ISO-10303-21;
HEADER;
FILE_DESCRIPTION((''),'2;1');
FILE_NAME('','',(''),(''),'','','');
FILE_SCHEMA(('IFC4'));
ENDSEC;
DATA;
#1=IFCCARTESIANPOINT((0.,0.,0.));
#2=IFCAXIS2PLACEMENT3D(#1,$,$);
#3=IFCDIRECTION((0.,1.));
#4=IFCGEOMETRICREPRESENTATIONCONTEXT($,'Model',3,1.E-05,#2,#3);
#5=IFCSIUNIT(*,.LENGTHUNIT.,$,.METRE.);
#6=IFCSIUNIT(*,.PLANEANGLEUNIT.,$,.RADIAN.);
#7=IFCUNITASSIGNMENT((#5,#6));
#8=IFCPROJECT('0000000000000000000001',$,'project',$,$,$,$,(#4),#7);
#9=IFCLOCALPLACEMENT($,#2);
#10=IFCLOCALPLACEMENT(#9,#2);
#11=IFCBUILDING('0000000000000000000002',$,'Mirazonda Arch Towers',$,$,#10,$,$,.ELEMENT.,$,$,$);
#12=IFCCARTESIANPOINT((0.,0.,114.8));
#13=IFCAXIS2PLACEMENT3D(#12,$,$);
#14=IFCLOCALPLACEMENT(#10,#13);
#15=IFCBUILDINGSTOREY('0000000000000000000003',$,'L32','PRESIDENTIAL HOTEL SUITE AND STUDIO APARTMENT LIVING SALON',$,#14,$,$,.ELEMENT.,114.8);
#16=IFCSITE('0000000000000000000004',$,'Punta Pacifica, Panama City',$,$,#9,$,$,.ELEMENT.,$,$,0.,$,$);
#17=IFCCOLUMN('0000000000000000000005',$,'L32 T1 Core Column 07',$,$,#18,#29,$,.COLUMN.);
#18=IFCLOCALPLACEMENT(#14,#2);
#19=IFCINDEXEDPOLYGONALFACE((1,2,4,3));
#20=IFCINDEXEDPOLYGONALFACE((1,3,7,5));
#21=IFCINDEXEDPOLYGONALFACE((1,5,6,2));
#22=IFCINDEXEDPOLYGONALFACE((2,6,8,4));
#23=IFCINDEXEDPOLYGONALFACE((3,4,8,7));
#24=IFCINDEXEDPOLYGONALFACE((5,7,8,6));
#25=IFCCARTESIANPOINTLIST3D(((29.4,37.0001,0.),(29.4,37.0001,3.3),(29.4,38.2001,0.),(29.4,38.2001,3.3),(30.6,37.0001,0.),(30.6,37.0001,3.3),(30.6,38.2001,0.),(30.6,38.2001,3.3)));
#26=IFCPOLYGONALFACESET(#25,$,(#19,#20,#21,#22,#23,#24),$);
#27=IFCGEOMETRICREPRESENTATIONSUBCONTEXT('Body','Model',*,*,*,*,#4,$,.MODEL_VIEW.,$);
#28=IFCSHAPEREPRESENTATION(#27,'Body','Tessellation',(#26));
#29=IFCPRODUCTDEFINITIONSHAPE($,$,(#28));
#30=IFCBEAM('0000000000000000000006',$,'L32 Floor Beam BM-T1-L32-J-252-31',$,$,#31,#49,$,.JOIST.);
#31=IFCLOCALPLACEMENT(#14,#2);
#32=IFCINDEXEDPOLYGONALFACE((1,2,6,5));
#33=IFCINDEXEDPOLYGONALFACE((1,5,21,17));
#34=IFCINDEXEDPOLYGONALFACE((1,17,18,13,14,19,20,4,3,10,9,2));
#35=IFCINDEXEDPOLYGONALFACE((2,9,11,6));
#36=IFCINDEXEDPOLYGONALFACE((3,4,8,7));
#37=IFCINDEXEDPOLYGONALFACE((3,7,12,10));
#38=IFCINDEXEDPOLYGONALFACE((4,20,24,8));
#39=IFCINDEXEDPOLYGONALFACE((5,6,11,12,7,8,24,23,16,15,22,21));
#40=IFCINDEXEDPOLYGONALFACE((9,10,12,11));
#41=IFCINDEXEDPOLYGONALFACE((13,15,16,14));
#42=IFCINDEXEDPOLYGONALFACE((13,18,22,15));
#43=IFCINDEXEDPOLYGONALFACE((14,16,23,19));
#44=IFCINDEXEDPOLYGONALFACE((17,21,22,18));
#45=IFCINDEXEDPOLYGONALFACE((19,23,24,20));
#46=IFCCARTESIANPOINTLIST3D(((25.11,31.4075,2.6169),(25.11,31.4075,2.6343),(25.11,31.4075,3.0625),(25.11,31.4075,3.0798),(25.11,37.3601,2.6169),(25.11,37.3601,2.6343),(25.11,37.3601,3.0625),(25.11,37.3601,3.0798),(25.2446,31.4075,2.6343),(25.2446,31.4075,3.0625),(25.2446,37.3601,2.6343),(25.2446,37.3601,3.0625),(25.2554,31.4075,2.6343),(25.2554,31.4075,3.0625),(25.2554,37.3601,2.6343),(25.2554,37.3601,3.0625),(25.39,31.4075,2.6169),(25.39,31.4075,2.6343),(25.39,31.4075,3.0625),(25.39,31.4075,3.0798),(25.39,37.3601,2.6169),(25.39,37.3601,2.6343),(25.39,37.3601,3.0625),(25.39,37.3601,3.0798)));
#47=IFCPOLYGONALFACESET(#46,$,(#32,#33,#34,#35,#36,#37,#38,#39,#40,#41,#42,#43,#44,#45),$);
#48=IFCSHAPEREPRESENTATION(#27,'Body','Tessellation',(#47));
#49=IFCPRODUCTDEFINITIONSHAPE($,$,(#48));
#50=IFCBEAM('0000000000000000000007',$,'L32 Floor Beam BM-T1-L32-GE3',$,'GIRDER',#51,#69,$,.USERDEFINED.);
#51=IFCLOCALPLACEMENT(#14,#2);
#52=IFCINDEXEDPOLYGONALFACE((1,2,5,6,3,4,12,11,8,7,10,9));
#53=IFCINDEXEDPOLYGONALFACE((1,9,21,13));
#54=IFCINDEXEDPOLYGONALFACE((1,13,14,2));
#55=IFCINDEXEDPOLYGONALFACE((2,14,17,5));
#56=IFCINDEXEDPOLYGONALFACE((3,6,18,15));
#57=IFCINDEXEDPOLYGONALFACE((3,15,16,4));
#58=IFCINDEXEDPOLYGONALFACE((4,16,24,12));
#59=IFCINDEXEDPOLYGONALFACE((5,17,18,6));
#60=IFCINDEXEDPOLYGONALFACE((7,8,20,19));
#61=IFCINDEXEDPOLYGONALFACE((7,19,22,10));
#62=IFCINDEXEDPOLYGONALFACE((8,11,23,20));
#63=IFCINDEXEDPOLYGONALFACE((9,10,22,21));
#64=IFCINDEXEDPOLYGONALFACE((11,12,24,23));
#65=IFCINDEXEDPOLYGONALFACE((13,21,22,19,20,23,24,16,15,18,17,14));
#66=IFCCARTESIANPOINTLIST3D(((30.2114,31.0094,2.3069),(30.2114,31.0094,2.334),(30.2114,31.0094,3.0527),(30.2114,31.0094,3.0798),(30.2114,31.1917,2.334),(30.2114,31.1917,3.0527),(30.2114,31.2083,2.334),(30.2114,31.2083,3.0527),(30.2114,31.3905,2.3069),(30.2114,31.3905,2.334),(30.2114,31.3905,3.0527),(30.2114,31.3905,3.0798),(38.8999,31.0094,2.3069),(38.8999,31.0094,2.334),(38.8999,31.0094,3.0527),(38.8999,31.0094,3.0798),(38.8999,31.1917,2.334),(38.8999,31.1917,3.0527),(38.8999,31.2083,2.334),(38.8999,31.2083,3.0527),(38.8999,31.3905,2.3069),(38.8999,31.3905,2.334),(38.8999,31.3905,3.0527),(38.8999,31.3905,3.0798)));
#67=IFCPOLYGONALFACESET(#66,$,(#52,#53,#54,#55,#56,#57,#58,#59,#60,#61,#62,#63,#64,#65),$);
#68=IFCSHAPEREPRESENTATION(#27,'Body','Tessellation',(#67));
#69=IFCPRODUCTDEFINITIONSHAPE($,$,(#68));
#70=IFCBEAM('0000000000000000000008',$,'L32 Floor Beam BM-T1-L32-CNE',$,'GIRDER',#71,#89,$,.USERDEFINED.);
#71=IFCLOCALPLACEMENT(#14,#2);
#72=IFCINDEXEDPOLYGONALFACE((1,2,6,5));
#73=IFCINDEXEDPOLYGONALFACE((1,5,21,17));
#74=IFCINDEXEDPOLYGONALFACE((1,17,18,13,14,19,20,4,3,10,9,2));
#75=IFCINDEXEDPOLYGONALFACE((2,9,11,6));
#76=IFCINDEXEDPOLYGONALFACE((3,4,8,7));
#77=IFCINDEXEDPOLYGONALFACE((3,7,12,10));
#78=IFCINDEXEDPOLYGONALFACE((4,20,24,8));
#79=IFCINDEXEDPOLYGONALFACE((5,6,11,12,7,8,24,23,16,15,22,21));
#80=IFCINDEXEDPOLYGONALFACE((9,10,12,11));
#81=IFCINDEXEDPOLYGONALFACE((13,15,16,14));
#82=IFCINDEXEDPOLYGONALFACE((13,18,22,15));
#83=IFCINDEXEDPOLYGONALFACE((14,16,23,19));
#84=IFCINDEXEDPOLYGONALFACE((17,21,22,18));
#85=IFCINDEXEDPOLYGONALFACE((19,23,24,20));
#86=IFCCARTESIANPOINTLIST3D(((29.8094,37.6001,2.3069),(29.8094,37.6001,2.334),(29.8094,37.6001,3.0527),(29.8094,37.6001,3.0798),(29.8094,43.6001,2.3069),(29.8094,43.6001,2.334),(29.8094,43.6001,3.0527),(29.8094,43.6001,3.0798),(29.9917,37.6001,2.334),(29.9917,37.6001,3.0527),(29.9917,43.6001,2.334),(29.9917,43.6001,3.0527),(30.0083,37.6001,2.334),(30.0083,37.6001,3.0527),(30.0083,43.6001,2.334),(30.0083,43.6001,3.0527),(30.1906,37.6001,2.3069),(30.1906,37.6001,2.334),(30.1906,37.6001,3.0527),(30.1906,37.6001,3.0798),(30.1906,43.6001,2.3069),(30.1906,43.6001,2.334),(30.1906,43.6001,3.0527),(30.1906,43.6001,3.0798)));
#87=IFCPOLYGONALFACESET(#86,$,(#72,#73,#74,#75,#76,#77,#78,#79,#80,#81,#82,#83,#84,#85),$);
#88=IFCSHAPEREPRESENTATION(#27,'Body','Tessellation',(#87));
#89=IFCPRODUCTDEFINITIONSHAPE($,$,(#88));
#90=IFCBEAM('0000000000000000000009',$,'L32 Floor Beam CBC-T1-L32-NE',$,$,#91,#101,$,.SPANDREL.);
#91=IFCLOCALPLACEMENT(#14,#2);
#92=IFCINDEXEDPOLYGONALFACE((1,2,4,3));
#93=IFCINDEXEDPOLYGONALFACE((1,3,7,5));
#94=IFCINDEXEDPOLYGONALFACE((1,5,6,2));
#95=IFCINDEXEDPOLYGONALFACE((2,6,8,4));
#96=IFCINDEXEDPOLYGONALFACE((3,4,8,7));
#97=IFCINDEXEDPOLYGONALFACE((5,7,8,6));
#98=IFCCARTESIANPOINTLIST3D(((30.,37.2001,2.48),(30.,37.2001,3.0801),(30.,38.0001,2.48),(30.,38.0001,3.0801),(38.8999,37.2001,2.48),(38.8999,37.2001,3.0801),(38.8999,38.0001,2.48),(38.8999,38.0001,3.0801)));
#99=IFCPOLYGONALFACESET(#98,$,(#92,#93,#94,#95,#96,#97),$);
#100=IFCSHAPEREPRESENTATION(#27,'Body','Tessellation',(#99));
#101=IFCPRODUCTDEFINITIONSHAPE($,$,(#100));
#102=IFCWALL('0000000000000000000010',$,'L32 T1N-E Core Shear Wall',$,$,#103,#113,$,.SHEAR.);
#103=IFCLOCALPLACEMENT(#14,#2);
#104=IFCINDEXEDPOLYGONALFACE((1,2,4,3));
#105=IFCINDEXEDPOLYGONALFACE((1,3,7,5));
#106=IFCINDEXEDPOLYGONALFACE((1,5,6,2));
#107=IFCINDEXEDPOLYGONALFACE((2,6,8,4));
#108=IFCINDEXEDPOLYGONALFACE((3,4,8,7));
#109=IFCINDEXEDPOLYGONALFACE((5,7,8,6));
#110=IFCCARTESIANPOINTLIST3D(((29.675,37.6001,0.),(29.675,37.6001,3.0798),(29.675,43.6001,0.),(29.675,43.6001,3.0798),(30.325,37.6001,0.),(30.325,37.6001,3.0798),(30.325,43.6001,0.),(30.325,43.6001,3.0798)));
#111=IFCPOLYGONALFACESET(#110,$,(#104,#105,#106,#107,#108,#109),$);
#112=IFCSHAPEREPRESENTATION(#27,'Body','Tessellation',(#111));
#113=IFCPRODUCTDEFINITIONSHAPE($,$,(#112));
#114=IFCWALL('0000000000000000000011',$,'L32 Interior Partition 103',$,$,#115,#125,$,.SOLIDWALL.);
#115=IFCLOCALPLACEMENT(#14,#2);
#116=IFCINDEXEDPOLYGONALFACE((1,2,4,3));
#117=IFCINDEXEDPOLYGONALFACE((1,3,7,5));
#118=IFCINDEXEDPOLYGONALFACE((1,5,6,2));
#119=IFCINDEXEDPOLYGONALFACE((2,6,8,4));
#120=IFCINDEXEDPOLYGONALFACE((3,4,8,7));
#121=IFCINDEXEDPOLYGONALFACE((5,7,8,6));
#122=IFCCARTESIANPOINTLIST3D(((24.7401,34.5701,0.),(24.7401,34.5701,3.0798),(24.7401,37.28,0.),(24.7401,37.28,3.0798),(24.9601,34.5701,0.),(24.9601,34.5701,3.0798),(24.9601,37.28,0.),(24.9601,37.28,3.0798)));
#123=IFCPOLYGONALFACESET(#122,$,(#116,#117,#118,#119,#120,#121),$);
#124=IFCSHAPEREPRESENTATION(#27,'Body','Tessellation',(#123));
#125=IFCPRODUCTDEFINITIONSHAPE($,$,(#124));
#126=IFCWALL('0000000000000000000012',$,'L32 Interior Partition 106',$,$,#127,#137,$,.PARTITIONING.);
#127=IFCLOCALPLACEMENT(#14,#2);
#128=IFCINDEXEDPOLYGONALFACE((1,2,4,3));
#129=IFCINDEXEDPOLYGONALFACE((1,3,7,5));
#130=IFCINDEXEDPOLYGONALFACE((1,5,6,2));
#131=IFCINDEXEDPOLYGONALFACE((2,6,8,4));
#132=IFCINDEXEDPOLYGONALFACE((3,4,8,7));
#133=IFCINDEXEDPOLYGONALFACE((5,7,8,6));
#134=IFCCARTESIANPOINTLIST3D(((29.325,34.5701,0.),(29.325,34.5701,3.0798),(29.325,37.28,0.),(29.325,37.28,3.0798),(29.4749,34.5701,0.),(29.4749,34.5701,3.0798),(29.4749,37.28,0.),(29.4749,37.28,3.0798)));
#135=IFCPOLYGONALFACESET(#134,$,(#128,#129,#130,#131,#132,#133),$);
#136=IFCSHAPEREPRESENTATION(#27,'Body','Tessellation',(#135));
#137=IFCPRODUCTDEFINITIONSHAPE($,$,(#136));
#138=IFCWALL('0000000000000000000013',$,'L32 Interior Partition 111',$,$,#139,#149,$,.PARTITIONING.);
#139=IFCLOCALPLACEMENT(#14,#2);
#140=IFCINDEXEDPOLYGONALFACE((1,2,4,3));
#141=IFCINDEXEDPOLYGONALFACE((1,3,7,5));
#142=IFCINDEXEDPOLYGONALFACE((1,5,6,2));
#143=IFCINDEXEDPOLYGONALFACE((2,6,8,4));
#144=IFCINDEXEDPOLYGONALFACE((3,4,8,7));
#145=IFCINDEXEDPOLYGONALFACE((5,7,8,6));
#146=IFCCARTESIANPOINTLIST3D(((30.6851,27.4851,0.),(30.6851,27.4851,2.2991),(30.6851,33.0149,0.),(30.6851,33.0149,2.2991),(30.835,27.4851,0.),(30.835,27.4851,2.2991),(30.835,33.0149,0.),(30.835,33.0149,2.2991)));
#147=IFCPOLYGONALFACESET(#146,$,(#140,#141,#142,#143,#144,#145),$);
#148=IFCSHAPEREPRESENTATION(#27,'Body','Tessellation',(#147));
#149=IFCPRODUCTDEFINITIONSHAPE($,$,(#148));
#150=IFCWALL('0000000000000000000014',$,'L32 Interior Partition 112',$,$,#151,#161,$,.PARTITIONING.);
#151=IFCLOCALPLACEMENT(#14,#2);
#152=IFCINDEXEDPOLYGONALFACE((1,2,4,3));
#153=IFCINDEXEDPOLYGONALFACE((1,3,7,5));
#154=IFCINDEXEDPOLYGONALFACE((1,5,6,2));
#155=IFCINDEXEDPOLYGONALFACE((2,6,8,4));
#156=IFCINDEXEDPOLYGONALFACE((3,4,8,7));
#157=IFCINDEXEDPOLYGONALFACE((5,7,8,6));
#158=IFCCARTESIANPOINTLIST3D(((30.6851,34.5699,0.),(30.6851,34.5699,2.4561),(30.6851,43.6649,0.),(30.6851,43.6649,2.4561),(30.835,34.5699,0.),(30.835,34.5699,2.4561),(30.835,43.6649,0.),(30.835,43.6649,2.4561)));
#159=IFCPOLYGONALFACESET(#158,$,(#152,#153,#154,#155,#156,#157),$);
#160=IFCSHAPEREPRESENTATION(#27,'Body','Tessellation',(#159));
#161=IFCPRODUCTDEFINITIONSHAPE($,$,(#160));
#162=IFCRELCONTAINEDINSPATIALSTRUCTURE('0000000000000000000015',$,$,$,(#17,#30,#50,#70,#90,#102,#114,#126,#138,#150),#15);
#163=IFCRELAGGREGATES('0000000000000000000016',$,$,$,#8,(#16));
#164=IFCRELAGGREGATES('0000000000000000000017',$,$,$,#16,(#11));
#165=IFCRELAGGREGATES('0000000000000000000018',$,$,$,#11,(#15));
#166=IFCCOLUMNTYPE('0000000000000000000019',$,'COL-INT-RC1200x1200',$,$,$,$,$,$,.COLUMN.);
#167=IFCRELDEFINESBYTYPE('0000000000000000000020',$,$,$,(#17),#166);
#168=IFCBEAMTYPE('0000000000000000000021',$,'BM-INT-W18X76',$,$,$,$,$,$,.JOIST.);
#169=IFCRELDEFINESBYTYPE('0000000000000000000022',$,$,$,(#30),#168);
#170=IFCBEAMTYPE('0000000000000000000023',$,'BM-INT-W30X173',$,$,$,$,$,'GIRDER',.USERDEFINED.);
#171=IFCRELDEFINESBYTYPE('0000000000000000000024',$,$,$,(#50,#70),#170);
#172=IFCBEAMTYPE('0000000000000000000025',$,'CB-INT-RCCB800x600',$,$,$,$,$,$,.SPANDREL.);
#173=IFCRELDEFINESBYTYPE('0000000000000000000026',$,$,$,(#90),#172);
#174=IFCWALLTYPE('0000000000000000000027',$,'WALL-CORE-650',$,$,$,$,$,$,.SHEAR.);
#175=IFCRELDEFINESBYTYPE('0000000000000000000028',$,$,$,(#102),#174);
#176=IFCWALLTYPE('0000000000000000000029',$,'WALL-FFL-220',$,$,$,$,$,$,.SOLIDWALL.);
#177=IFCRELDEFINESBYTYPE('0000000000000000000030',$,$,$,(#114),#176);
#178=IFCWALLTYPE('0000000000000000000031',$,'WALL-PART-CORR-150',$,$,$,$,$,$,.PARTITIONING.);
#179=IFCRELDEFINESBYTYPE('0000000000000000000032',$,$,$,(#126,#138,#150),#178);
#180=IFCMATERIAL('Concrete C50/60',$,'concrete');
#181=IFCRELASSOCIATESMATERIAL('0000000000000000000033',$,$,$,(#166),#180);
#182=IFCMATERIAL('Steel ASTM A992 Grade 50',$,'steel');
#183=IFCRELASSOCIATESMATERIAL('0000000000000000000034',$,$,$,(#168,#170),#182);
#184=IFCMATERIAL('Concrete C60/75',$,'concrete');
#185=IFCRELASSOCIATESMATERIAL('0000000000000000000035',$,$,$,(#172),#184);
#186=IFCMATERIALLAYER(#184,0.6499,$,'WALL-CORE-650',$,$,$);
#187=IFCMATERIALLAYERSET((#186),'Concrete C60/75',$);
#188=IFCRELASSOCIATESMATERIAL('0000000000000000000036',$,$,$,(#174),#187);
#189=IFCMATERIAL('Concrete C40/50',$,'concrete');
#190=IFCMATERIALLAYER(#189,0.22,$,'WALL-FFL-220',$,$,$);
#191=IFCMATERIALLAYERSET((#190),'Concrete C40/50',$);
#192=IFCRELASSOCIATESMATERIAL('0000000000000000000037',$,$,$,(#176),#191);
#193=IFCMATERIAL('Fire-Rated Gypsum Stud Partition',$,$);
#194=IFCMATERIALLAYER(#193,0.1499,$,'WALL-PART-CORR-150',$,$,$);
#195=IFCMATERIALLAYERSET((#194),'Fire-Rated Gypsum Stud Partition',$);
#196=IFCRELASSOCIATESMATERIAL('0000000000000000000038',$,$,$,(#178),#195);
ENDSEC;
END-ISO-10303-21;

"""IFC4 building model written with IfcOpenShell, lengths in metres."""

from ifc_helpers import new_model, si_unit, direction, frame, frame_2d, origin, origin_2d, place, context, subcontext, project, spatial, rectangle, i_section, extrude, material, layer, layer_set, material_profile, profile_set, type_object, element, save


model = new_model("IFC4")

# Units and contexts
model_context = context("Model", 3, precision=1e-05, world=origin(), true_north=direction((0.0, 1.0)))
body_context = subcontext(model_context, "Body", "Model", "MODEL_VIEW")
ifc_project = project(units=[si_unit("LENGTHUNIT", "METRE"), si_unit("PLANEANGLEUNIT", "RADIAN")], contexts=[model_context])

# Site, building, storey
site_placement = place(None, origin())
site = spatial("IfcSite", under=ifc_project, at=site_placement, Name="Punta Pacifica, Panama City", CompositionType="ELEMENT", RefElevation=0.0)
building_placement = place(site_placement, origin())
building = spatial("IfcBuilding", under=site, at=building_placement, Name="Mirazonda Arch Towers", CompositionType="ELEMENT")
storey_placement = place(building_placement, frame((0.0, 0.0, 114.8)))
storey = spatial("IfcBuildingStorey", under=building, at=storey_placement, Name="L32", Description="PRESIDENTIAL HOTEL SUITE AND STUDIO APARTMENT LIVING SALON", CompositionType="ELEMENT", Elevation=114.8)

# Column
ifc_material_1 = material(Name="Concrete C50/60", Category="concrete")
ifc_material_profile_1 = material_profile(ifc_material_1, rectangle(XDim=1.2, YDim=1.2, at=origin_2d()), Name="RC1200x1200")
ifc_profile_set_1 = profile_set([ifc_material_profile_1], Name="Concrete C50/60")
column_type = type_object("IfcColumnType", Name="COL-INT-RC1200x1200", PredefinedType="COLUMN", material=ifc_profile_set_1)
column_placement = place(storey_placement, frame((30.0, 37.6001, 0.0), z_axis=(0.0, 0.0, 1.0), x_axis=(1.0, 0.0, 0.0)))
element("IfcColumn", 1, at=column_placement, inside=storey, type_object=column_type, Name="L32 T1 Core Column 07", PredefinedType="COLUMN", context=body_context, shape_type="SweptSolid", body=[
    extrude(rectangle(XDim=1.2, YDim=1.2, at=origin_2d()), origin(), (0.0, 0.0, 1.0), 3.3),
])

# Beams
ifc_material_2 = material(Name="Steel ASTM A992 Grade 50", Category="steel")
ifc_material_profile_2 = material_profile(ifc_material_2, i_section(OverallWidth=0.28, OverallDepth=0.4629, WebThickness=0.0107, FlangeThickness=0.0173, at=origin_2d()), Name="W18X76")
ifc_profile_set_2 = profile_set([ifc_material_profile_2], Name="Steel ASTM A992 Grade 50")
beam_type_1 = type_object("IfcBeamType", Name="BM-INT-W18X76", PredefinedType="JOIST", material=ifc_profile_set_2)
beam_1_placement = place(storey_placement, frame((25.25, 31.4075, 2.8484), z_axis=(0.0, 1.0, 0.0), x_axis=(-1.0, 0.0, 0.0)))
element("IfcBeam", 2, at=beam_1_placement, inside=storey, type_object=beam_type_1, Name="L32 Floor Beam BM-T1-L32-J-252-31", PredefinedType="JOIST", context=body_context, shape_type="SweptSolid", body=[
    extrude(i_section(OverallWidth=0.28, OverallDepth=0.4629, WebThickness=0.0107, FlangeThickness=0.0173, at=origin_2d()), origin(), (0.0, 0.0, 1.0), 5.9526),
])
ifc_material_profile_3 = material_profile(ifc_material_2, i_section(OverallWidth=0.3811, OverallDepth=0.7729, WebThickness=0.0166, FlangeThickness=0.0271, at=origin_2d()), Name="W30X173")
ifc_profile_set_3 = profile_set([ifc_material_profile_3], Name="Steel ASTM A992 Grade 50")
beam_type_2 = type_object("IfcBeamType", Name="BM-INT-W30X173", ElementType="GIRDER", PredefinedType="USERDEFINED", material=ifc_profile_set_3)
beam_2_placement = place(storey_placement, frame((30.2114, 31.2, 2.6934), z_axis=(1.0, 0.0, 0.0), x_axis=(0.0, 1.0, 0.0)))
element("IfcBeam", 3, at=beam_2_placement, inside=storey, type_object=beam_type_2, Name="L32 Floor Beam BM-T1-L32-GE3", ObjectType="GIRDER", PredefinedType="USERDEFINED", context=body_context, shape_type="SweptSolid", body=[
    extrude(i_section(OverallWidth=0.3811, OverallDepth=0.7729, WebThickness=0.0166, FlangeThickness=0.0271, at=origin_2d()), origin(), (0.0, 0.0, 1.0), 8.6885),
])
beam_3_placement = place(storey_placement, frame((30.0, 37.6001, 2.6934), z_axis=(0.0, 1.0, 0.0), x_axis=(-1.0, 0.0, 0.0)))
element("IfcBeam", 4, at=beam_3_placement, inside=storey, type_object=beam_type_2, Name="L32 Floor Beam BM-T1-L32-CNE", ObjectType="GIRDER", PredefinedType="USERDEFINED", context=body_context, shape_type="SweptSolid", body=[
    extrude(i_section(OverallWidth=0.3811, OverallDepth=0.7729, WebThickness=0.0166, FlangeThickness=0.0271, at=origin_2d()), origin(), (0.0, 0.0, 1.0), 6.0),
])
ifc_material_3 = material(Name="Concrete C60/75", Category="concrete")
ifc_material_profile_4 = material_profile(ifc_material_3, rectangle(XDim=0.8, YDim=0.6001, at=origin_2d()), Name="RCCB800x600")
ifc_profile_set_4 = profile_set([ifc_material_profile_4], Name="Concrete C60/75")
beam_type_3 = type_object("IfcBeamType", Name="CB-INT-RCCB800x600", PredefinedType="SPANDREL", material=ifc_profile_set_4)
beam_4_placement = place(storey_placement, frame((30.0, 37.6001, 2.78), z_axis=(1.0, 0.0, 0.0), x_axis=(0.0, 1.0, 0.0)))
element("IfcBeam", 5, at=beam_4_placement, inside=storey, type_object=beam_type_3, Name="L32 Floor Beam CBC-T1-L32-NE", PredefinedType="SPANDREL", context=body_context, shape_type="SweptSolid", body=[
    extrude(rectangle(XDim=0.8, YDim=0.6001, at=origin_2d()), origin(), (0.0, 0.0, 1.0), 8.8999),
])

# Walls
ifc_layer_1 = layer(ifc_material_3, 0.6499, Name="WALL-CORE-650")
ifc_layer_set_1 = layer_set([ifc_layer_1], Name="Concrete C60/75")
wall_type_1 = type_object("IfcWallType", Name="WALL-CORE-650", PredefinedType="SHEAR", material=ifc_layer_set_1)
wall_1_placement = place(storey_placement, frame((30.0, 37.6001, 0.0), z_axis=(0.0, 0.0, 1.0), x_axis=(0.0, 1.0, 0.0)))
element("IfcWall", 6, at=wall_1_placement, inside=storey, type_object=wall_type_1, Name="L32 T1N-E Core Shear Wall", PredefinedType="SHEAR", context=body_context, shape_type="SweptSolid", body=[
    extrude(rectangle(XDim=6.0, YDim=0.6499, at=frame_2d((3.0, 0.0))), origin(), (0.0, 0.0, 1.0), 3.0798),
])
ifc_material_4 = material(Name="Concrete C40/50", Category="concrete")
ifc_layer_2 = layer(ifc_material_4, 0.22, Name="WALL-FFL-220")
ifc_layer_set_2 = layer_set([ifc_layer_2], Name="Concrete C40/50")
wall_type_2 = type_object("IfcWallType", Name="WALL-FFL-220", PredefinedType="SOLIDWALL", material=ifc_layer_set_2)
wall_2_placement = place(storey_placement, frame((24.8501, 34.5701, 0.0), z_axis=(0.0, 0.0, 1.0), x_axis=(0.0, 1.0, 0.0)))
element("IfcWall", 7, at=wall_2_placement, inside=storey, type_object=wall_type_2, Name="L32 Interior Partition 103", PredefinedType="SOLIDWALL", context=body_context, shape_type="SweptSolid", body=[
    extrude(rectangle(XDim=2.71, YDim=0.22, at=frame_2d((1.355, 0.0))), origin(), (0.0, 0.0, 1.0), 3.0798),
])
ifc_material_5 = material(Name="Fire-Rated Gypsum Stud Partition")
ifc_layer_3 = layer(ifc_material_5, 0.1499, Name="WALL-PART-CORR-150")
ifc_layer_set_3 = layer_set([ifc_layer_3], Name="Fire-Rated Gypsum Stud Partition")
wall_type_3 = type_object("IfcWallType", Name="WALL-PART-CORR-150", PredefinedType="PARTITIONING", material=ifc_layer_set_3)
wall_3_placement = place(storey_placement, frame((29.3999, 34.5701, 0.0), z_axis=(0.0, 0.0, 1.0), x_axis=(0.0, 1.0, 0.0)))
element("IfcWall", 8, at=wall_3_placement, inside=storey, type_object=wall_type_3, Name="L32 Interior Partition 106", PredefinedType="PARTITIONING", context=body_context, shape_type="SweptSolid", body=[
    extrude(rectangle(XDim=2.71, YDim=0.1499, at=frame_2d((1.355, 0.0))), origin(), (0.0, 0.0, 1.0), 3.0798),
])
wall_4_placement = place(storey_placement, frame((30.76, 27.4851, 0.0), z_axis=(0.0, 0.0, 1.0), x_axis=(0.0, 1.0, 0.0)))
element("IfcWall", 9, at=wall_4_placement, inside=storey, type_object=wall_type_3, Name="L32 Interior Partition 111", PredefinedType="PARTITIONING", context=body_context, shape_type="SweptSolid", body=[
    extrude(rectangle(XDim=5.5298, YDim=0.1499, at=frame_2d((2.7649, 0.0))), origin(), (0.0, 0.0, 1.0), 2.2991),
])
wall_5_placement = place(storey_placement, frame((30.76, 34.5701, 0.0), z_axis=(0.0, 0.0, 1.0), x_axis=(0.0, 1.0, 0.0)))
element("IfcWall", 10, at=wall_5_placement, inside=storey, type_object=wall_type_3, Name="L32 Interior Partition 112", PredefinedType="PARTITIONING", context=body_context, shape_type="SweptSolid", body=[
    extrude(rectangle(XDim=9.095, YDim=0.1499, at=frame_2d((4.5474, 0.0))), origin(), (0.0, 0.0, 1.0), 2.4561),
])

save(model, "model.ifc")
